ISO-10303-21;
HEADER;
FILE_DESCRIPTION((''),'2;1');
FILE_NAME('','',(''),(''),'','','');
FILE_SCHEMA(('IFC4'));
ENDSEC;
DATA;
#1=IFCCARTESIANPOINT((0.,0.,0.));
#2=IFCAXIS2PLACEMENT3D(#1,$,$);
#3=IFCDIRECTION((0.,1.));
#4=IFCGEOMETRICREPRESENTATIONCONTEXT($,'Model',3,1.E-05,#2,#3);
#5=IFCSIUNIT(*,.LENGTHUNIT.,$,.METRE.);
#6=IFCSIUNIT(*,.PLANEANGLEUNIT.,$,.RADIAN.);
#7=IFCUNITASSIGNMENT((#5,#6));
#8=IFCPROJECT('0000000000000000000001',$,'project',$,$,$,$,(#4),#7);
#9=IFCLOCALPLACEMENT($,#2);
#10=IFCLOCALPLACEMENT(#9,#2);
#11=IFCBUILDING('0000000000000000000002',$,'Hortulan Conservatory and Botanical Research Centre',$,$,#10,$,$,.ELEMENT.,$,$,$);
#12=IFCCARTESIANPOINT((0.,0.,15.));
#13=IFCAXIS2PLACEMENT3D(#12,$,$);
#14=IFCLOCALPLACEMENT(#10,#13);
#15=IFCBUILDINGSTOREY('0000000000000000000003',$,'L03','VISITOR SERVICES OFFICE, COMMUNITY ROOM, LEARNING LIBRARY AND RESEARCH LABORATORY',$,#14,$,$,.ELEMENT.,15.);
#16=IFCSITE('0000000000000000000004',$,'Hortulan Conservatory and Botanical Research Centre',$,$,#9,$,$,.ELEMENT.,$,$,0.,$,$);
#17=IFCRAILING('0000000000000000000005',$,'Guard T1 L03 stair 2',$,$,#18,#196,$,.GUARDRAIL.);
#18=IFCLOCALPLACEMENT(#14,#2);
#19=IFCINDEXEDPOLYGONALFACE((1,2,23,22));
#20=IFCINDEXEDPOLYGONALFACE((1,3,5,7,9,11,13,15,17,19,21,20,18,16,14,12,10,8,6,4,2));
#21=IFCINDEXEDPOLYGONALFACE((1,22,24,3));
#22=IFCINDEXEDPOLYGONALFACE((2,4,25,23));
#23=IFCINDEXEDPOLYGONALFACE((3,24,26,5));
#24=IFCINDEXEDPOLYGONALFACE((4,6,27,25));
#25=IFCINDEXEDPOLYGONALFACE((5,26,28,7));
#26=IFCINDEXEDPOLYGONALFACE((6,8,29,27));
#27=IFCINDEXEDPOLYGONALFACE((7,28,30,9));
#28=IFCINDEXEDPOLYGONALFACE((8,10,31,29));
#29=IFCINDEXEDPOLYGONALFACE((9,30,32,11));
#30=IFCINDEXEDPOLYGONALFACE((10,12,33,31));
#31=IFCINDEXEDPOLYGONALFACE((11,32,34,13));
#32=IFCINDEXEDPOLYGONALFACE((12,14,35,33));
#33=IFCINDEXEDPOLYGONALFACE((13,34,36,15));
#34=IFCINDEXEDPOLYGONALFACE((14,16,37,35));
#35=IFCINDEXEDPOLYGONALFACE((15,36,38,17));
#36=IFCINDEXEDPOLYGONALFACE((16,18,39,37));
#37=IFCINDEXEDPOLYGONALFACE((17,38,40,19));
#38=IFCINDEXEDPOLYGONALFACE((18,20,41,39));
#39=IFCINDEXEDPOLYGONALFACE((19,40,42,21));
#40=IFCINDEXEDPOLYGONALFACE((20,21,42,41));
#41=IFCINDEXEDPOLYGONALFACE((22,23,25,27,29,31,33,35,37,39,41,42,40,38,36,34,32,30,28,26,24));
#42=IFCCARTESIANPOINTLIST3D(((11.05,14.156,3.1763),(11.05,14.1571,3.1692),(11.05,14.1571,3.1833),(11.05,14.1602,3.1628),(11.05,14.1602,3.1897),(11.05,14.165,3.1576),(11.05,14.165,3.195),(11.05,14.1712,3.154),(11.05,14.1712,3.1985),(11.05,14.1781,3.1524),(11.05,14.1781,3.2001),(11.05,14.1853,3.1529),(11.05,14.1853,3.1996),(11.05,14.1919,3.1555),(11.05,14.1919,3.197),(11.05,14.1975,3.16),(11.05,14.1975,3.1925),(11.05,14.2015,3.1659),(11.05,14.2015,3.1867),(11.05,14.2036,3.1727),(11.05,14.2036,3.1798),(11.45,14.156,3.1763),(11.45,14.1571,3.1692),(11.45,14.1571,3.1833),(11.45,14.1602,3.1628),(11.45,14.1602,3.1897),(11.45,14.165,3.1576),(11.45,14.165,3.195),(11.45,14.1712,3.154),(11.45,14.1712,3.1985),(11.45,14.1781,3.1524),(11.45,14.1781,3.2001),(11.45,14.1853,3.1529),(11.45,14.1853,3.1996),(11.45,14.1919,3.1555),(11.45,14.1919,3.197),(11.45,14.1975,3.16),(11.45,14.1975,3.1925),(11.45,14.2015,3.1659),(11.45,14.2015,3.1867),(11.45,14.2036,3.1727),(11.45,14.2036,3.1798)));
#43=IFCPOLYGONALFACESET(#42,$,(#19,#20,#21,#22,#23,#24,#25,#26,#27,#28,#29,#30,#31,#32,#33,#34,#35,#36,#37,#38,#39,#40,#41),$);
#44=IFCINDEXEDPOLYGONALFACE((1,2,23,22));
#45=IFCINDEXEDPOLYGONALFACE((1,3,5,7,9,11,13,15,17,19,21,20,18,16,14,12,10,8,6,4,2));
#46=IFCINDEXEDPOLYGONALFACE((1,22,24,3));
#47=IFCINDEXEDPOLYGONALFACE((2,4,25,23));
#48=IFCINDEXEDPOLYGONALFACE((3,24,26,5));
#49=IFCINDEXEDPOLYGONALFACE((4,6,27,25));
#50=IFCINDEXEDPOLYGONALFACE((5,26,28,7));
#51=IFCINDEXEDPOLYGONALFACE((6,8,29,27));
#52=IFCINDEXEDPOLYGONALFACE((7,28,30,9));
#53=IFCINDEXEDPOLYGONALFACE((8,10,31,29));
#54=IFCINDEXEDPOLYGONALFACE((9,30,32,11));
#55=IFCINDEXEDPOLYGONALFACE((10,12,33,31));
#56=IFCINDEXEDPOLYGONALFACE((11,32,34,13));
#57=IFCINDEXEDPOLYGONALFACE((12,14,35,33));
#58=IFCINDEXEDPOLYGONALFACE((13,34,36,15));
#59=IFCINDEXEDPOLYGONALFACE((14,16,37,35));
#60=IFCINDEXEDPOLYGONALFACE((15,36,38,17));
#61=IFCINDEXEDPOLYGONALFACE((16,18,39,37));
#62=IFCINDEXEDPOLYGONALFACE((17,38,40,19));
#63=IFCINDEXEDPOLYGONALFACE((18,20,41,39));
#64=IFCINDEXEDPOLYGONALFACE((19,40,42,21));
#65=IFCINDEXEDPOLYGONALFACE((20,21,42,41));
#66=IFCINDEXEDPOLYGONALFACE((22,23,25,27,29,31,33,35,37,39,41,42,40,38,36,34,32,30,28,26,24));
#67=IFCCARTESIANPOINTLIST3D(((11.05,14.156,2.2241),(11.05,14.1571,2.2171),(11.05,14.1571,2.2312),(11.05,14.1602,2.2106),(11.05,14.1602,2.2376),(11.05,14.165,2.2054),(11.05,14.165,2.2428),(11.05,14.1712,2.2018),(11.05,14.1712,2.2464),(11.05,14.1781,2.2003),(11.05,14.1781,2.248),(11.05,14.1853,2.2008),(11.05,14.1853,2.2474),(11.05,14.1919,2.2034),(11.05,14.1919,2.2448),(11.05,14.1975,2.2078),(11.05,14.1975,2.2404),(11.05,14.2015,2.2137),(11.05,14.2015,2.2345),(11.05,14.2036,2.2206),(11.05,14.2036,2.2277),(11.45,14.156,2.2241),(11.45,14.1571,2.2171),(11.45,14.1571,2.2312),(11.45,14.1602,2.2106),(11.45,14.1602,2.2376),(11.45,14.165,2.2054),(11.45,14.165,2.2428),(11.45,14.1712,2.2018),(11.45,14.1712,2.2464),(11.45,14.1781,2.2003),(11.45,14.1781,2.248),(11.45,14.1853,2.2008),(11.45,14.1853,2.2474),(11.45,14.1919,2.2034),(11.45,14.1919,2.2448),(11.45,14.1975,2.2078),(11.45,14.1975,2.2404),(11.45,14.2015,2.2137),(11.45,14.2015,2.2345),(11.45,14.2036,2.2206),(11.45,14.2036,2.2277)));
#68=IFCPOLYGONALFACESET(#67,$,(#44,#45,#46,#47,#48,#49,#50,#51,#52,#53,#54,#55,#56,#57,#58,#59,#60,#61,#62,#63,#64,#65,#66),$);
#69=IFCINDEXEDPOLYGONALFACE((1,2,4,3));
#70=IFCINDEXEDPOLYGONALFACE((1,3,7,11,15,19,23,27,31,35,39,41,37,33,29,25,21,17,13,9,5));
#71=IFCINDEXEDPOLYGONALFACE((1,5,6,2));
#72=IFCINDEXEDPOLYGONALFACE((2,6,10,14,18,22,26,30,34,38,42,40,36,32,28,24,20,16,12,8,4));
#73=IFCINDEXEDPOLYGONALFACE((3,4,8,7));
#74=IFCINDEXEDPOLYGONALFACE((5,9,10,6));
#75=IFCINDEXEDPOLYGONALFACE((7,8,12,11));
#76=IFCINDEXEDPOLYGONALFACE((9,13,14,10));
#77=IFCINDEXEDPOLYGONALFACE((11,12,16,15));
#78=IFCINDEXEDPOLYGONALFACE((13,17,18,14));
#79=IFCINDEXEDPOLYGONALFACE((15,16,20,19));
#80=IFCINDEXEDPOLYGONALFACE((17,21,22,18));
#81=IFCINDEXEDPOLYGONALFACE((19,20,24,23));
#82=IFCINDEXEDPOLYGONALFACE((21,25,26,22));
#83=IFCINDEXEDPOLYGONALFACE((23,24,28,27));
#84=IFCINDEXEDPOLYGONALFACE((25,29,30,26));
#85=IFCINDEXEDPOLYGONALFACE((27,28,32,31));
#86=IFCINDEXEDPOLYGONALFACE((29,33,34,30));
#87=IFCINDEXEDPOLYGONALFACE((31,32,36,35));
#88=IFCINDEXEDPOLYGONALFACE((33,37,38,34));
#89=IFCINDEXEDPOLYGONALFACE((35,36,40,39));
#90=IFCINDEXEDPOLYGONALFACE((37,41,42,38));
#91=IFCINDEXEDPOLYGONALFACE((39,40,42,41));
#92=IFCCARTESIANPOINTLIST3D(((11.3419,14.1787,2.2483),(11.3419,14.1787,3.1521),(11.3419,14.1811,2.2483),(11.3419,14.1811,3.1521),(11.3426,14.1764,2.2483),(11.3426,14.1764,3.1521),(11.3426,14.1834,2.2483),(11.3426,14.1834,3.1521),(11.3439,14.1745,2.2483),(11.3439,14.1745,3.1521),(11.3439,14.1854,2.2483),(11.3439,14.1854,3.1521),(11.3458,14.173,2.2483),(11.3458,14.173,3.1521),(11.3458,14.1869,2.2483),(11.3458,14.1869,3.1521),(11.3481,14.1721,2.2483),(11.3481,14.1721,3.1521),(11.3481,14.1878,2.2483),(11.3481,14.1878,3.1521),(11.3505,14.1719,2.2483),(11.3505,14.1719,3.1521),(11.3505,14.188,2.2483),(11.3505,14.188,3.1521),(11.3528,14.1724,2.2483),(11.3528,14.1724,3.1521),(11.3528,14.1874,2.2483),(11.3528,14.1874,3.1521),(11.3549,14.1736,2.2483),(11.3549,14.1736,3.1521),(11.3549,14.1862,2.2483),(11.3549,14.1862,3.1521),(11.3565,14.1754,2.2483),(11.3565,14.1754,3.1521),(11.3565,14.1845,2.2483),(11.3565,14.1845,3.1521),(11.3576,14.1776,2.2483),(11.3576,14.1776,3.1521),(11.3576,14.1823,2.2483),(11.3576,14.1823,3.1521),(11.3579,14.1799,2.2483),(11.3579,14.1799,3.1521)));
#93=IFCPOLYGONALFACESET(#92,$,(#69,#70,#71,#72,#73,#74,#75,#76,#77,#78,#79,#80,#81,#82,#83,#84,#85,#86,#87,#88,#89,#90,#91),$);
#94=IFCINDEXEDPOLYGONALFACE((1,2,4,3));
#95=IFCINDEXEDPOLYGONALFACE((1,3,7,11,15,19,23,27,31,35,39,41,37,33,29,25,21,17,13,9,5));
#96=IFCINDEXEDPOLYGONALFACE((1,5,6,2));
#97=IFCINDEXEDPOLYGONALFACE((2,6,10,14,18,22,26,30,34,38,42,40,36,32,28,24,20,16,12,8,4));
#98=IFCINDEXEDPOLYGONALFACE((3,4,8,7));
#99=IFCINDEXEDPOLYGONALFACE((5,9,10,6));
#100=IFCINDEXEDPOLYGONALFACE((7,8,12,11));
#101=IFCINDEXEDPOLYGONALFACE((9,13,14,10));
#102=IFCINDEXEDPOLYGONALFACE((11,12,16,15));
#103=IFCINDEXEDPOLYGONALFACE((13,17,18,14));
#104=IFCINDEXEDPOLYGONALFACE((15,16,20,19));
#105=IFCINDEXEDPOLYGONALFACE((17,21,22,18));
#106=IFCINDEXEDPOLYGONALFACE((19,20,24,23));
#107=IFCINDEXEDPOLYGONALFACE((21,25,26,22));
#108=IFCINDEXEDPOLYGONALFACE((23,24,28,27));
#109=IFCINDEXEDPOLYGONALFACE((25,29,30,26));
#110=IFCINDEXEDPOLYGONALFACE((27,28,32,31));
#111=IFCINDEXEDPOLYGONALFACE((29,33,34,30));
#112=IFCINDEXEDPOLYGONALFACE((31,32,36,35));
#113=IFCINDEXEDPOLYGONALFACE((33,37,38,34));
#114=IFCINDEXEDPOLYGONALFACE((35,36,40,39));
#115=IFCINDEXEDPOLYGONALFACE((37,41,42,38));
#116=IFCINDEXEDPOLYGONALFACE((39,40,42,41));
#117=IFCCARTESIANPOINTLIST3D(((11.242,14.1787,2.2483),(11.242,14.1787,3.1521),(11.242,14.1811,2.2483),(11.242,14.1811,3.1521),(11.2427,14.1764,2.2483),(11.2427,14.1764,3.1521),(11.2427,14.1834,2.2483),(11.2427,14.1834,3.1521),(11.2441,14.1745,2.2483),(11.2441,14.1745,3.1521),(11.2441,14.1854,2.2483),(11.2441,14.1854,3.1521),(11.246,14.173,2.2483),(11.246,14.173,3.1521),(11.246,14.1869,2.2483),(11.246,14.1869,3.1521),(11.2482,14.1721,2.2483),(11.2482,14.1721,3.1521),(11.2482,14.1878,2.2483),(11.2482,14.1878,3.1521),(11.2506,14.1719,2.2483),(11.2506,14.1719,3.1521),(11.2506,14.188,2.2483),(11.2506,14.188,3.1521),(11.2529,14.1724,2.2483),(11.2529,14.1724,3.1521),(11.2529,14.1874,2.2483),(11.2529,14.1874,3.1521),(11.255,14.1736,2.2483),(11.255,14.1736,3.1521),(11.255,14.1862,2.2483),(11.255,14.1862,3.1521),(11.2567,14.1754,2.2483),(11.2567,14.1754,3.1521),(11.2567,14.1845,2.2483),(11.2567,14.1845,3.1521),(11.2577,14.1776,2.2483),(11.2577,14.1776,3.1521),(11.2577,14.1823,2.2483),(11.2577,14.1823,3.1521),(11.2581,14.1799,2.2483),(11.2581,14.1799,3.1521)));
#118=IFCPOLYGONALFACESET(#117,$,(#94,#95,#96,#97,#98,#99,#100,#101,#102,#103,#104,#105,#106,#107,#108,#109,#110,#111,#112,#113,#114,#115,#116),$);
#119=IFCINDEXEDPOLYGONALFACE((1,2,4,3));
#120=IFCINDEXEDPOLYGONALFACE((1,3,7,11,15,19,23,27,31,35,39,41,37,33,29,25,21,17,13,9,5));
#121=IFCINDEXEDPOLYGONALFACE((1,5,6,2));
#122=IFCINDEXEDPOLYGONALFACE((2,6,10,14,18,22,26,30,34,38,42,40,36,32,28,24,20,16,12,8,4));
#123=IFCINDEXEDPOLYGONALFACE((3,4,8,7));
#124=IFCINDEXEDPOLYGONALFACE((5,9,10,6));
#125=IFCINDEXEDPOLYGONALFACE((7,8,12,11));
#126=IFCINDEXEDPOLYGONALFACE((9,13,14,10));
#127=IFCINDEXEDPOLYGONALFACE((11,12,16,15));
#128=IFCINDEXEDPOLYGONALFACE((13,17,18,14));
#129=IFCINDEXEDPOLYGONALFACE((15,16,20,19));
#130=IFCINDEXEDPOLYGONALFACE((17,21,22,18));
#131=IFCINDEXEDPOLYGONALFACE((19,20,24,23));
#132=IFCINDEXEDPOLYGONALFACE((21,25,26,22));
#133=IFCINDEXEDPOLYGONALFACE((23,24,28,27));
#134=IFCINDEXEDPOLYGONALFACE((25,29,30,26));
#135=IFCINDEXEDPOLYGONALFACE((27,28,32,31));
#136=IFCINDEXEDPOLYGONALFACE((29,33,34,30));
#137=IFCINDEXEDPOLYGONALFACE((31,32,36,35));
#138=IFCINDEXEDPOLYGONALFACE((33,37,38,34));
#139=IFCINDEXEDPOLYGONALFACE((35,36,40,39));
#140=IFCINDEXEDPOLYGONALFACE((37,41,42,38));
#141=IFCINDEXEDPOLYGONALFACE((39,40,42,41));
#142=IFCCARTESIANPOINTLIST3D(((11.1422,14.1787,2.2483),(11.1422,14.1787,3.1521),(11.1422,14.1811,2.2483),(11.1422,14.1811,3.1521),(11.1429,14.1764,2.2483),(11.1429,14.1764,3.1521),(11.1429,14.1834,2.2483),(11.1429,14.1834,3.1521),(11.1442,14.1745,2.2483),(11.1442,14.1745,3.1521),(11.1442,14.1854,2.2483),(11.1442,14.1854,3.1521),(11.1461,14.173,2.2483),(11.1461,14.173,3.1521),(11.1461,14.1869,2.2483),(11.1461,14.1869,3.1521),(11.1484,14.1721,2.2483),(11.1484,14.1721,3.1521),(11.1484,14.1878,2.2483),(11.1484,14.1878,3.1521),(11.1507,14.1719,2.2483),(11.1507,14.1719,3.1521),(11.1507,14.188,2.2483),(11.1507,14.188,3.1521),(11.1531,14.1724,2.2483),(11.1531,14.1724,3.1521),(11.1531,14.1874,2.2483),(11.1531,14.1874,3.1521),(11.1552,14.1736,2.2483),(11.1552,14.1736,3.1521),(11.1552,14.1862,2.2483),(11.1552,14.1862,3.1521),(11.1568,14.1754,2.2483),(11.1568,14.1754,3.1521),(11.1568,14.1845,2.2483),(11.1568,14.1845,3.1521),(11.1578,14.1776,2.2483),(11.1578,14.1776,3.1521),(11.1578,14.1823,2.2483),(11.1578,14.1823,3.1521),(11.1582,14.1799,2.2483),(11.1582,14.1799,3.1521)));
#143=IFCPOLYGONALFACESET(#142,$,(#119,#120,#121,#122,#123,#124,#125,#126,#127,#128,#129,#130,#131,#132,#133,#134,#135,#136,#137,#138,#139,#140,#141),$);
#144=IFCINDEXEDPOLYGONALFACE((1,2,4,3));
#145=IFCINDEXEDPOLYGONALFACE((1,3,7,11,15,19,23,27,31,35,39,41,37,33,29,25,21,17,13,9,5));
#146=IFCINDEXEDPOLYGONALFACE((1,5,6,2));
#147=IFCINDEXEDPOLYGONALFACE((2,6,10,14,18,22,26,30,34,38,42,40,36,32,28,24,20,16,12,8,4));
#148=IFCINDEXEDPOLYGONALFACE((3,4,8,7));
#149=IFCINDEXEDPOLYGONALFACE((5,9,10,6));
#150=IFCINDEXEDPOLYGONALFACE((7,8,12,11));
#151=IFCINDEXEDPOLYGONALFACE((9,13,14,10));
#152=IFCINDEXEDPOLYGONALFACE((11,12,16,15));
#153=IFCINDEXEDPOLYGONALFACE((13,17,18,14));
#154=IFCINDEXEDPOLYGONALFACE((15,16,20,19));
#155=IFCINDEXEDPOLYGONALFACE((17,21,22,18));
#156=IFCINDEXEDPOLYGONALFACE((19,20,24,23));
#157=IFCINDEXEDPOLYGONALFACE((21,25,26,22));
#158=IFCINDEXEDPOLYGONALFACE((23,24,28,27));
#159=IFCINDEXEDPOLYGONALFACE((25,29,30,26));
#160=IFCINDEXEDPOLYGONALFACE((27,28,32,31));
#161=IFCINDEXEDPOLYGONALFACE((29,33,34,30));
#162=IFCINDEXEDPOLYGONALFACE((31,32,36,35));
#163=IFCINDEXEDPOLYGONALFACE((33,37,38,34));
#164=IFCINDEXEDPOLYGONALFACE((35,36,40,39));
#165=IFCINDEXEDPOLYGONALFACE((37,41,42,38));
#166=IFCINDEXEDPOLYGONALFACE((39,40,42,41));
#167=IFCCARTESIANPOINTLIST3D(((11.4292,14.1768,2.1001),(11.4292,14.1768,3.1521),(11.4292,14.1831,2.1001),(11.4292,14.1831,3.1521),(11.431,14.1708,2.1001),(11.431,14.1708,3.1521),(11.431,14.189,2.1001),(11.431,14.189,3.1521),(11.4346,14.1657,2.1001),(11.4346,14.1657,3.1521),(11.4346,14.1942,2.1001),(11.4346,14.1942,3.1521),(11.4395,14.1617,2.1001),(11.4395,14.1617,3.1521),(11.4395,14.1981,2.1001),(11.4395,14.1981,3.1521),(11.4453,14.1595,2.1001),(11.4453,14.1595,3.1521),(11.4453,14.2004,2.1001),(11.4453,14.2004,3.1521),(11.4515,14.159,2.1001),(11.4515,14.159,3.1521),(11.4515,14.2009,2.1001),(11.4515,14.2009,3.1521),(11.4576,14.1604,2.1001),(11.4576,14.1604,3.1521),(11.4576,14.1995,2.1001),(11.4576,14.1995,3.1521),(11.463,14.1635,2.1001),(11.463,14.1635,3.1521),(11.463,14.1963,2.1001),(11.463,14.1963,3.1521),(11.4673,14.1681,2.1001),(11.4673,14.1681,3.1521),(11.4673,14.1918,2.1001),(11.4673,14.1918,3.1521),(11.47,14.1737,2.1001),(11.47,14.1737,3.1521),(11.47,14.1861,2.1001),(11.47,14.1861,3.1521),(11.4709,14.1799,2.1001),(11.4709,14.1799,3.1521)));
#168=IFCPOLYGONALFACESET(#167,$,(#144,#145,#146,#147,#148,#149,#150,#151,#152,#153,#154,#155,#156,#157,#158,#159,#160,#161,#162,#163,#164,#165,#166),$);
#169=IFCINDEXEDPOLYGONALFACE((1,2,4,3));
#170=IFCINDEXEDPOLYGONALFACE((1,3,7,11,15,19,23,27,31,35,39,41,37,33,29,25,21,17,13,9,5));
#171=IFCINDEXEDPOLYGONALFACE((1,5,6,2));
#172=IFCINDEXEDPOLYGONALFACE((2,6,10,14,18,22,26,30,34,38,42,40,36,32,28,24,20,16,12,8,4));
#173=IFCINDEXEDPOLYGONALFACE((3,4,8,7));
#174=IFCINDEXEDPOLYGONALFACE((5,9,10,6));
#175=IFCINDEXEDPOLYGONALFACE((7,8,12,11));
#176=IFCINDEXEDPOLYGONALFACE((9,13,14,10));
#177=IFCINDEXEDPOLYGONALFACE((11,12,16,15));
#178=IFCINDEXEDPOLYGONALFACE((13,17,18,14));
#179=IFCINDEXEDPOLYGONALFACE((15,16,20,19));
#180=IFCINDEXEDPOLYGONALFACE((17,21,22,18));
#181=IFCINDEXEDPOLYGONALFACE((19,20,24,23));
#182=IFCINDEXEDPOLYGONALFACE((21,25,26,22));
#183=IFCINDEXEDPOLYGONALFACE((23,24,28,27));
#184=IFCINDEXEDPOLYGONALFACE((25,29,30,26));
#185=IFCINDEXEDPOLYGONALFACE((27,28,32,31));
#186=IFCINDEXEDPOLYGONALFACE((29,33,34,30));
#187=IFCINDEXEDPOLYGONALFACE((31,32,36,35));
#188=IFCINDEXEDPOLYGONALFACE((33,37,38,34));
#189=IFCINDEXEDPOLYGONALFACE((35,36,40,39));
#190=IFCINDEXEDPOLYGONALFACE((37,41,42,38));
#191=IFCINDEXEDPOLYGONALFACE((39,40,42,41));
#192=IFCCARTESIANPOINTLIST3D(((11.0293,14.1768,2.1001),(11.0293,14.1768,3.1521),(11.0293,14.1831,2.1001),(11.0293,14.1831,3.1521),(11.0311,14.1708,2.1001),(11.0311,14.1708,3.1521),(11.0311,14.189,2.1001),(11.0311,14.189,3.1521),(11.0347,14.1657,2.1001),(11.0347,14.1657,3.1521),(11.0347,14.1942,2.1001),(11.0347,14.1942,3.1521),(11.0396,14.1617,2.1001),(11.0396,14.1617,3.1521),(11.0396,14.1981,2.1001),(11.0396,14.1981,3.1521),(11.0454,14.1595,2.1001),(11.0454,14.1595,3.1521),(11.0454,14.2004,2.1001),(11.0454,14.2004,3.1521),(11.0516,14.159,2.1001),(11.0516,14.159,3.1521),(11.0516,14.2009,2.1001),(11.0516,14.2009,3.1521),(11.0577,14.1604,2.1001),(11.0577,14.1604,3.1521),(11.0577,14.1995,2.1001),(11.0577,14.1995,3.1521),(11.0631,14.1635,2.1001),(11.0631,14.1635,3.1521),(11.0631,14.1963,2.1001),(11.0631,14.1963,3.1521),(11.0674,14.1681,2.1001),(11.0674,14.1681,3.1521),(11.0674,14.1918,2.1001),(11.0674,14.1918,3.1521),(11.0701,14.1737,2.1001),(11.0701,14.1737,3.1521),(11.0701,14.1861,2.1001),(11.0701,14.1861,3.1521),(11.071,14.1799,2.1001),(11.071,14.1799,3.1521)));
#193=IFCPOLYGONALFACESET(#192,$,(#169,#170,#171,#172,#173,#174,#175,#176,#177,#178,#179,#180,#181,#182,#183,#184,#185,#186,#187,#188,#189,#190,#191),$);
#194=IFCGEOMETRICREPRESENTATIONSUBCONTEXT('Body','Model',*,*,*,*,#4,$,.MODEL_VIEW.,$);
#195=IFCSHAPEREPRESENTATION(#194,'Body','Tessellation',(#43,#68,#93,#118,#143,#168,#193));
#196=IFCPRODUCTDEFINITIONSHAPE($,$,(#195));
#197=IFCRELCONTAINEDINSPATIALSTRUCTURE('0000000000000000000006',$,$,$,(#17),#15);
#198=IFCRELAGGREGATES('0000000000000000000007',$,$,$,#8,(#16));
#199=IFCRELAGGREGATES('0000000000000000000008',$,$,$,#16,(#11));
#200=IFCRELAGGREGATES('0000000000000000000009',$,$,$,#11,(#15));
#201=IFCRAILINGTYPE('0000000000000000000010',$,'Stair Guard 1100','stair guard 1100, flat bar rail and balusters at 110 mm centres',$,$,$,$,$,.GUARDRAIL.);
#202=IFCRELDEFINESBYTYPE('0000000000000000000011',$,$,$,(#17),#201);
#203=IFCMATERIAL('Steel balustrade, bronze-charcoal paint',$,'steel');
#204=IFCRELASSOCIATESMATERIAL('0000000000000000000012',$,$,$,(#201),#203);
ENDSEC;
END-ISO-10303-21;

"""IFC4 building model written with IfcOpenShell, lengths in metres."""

from ifc_helpers import new_model, si_unit, direction, frame, origin, origin_2d, place, context, subcontext, project, spatial, circle, extrude, material, type_object, element, save


model = new_model("IFC4")

# Units and contexts
model_context = context("Model", 3, precision=1e-05, world=origin(), true_north=direction((0.0, 1.0)))
body_context = subcontext(model_context, "Body", "Model", "MODEL_VIEW")
ifc_project = project(units=[si_unit("LENGTHUNIT", "METRE"), si_unit("PLANEANGLEUNIT", "RADIAN")], contexts=[model_context])

# Site, building, storey
site_placement = place(None, origin())
site = spatial("IfcSite", under=ifc_project, at=site_placement, Name="Hortulan Conservatory and Botanical Research Centre", CompositionType="ELEMENT", RefElevation=0.0)
building_placement = place(site_placement, origin())
building = spatial("IfcBuilding", under=site, at=building_placement, Name="Hortulan Conservatory and Botanical Research Centre", CompositionType="ELEMENT")
storey_placement = place(building_placement, frame((0.0, 0.0, 15.0)))
storey = spatial("IfcBuildingStorey", under=building, at=storey_placement, Name="L03", Description="VISITOR SERVICES OFFICE, COMMUNITY ROOM, LEARNING LIBRARY AND RESEARCH LABORATORY", CompositionType="ELEMENT", Elevation=15.0)

# Railing
ifc_material_1 = material(Name="Steel balustrade, bronze-charcoal paint", Category="steel")
railing_type_1 = type_object("IfcRailingType", Name="Stair Guard 1100", Description="stair guard 1100, flat bar rail and balusters at 110 mm centres", PredefinedType="GUARDRAIL", material=ifc_material_1)
railing_1_placement = place(storey_placement, frame((11.45, 14.1799, 2.1001)))
element("IfcRailing", 1, at=railing_1_placement, inside=storey, type_object=railing_type_1, Name="Guard T1 L03 stair 2", PredefinedType="GUARDRAIL", context=body_context, shape_type="SweptSolid", body=[
    extrude(circle(Radius=0.0239, at=origin_2d()), frame((0.0, 0.0, 1.0762), z_axis=(-1.0, 0.0, 0.0), x_axis=(0.0, -1.0, 0.0)), (0.0, 0.0, 1.0), 0.3999),
    extrude(circle(Radius=0.0239, at=origin_2d()), frame((0.0, 0.0, 0.124), z_axis=(-1.0, 0.0, 0.0), x_axis=(0.0, -1.0, 0.0)), (0.0, 0.0, 1.0), 0.3999),
    extrude(circle(Radius=0.0081, at=origin_2d()), frame((-0.1001, 0.0, 0.1482)), (0.0, 0.0, 1.0), 0.9038),
    extrude(circle(Radius=0.0081, at=origin_2d()), frame((-0.2, 0.0, 0.1482)), (0.0, 0.0, 1.0), 0.9038),
    extrude(circle(Radius=0.0081, at=origin_2d()), frame((-0.2998, 0.0, 0.1482)), (0.0, 0.0, 1.0), 0.9038),
    extrude(circle(Radius=0.021, at=origin_2d()), origin(), (0.0, 0.0, 1.0), 1.052),
    extrude(circle(Radius=0.021, at=origin_2d()), frame((-0.3999, 0.0, 0.0)), (0.0, 0.0, 1.0), 1.052),
])

save(model, "model.ifc")
